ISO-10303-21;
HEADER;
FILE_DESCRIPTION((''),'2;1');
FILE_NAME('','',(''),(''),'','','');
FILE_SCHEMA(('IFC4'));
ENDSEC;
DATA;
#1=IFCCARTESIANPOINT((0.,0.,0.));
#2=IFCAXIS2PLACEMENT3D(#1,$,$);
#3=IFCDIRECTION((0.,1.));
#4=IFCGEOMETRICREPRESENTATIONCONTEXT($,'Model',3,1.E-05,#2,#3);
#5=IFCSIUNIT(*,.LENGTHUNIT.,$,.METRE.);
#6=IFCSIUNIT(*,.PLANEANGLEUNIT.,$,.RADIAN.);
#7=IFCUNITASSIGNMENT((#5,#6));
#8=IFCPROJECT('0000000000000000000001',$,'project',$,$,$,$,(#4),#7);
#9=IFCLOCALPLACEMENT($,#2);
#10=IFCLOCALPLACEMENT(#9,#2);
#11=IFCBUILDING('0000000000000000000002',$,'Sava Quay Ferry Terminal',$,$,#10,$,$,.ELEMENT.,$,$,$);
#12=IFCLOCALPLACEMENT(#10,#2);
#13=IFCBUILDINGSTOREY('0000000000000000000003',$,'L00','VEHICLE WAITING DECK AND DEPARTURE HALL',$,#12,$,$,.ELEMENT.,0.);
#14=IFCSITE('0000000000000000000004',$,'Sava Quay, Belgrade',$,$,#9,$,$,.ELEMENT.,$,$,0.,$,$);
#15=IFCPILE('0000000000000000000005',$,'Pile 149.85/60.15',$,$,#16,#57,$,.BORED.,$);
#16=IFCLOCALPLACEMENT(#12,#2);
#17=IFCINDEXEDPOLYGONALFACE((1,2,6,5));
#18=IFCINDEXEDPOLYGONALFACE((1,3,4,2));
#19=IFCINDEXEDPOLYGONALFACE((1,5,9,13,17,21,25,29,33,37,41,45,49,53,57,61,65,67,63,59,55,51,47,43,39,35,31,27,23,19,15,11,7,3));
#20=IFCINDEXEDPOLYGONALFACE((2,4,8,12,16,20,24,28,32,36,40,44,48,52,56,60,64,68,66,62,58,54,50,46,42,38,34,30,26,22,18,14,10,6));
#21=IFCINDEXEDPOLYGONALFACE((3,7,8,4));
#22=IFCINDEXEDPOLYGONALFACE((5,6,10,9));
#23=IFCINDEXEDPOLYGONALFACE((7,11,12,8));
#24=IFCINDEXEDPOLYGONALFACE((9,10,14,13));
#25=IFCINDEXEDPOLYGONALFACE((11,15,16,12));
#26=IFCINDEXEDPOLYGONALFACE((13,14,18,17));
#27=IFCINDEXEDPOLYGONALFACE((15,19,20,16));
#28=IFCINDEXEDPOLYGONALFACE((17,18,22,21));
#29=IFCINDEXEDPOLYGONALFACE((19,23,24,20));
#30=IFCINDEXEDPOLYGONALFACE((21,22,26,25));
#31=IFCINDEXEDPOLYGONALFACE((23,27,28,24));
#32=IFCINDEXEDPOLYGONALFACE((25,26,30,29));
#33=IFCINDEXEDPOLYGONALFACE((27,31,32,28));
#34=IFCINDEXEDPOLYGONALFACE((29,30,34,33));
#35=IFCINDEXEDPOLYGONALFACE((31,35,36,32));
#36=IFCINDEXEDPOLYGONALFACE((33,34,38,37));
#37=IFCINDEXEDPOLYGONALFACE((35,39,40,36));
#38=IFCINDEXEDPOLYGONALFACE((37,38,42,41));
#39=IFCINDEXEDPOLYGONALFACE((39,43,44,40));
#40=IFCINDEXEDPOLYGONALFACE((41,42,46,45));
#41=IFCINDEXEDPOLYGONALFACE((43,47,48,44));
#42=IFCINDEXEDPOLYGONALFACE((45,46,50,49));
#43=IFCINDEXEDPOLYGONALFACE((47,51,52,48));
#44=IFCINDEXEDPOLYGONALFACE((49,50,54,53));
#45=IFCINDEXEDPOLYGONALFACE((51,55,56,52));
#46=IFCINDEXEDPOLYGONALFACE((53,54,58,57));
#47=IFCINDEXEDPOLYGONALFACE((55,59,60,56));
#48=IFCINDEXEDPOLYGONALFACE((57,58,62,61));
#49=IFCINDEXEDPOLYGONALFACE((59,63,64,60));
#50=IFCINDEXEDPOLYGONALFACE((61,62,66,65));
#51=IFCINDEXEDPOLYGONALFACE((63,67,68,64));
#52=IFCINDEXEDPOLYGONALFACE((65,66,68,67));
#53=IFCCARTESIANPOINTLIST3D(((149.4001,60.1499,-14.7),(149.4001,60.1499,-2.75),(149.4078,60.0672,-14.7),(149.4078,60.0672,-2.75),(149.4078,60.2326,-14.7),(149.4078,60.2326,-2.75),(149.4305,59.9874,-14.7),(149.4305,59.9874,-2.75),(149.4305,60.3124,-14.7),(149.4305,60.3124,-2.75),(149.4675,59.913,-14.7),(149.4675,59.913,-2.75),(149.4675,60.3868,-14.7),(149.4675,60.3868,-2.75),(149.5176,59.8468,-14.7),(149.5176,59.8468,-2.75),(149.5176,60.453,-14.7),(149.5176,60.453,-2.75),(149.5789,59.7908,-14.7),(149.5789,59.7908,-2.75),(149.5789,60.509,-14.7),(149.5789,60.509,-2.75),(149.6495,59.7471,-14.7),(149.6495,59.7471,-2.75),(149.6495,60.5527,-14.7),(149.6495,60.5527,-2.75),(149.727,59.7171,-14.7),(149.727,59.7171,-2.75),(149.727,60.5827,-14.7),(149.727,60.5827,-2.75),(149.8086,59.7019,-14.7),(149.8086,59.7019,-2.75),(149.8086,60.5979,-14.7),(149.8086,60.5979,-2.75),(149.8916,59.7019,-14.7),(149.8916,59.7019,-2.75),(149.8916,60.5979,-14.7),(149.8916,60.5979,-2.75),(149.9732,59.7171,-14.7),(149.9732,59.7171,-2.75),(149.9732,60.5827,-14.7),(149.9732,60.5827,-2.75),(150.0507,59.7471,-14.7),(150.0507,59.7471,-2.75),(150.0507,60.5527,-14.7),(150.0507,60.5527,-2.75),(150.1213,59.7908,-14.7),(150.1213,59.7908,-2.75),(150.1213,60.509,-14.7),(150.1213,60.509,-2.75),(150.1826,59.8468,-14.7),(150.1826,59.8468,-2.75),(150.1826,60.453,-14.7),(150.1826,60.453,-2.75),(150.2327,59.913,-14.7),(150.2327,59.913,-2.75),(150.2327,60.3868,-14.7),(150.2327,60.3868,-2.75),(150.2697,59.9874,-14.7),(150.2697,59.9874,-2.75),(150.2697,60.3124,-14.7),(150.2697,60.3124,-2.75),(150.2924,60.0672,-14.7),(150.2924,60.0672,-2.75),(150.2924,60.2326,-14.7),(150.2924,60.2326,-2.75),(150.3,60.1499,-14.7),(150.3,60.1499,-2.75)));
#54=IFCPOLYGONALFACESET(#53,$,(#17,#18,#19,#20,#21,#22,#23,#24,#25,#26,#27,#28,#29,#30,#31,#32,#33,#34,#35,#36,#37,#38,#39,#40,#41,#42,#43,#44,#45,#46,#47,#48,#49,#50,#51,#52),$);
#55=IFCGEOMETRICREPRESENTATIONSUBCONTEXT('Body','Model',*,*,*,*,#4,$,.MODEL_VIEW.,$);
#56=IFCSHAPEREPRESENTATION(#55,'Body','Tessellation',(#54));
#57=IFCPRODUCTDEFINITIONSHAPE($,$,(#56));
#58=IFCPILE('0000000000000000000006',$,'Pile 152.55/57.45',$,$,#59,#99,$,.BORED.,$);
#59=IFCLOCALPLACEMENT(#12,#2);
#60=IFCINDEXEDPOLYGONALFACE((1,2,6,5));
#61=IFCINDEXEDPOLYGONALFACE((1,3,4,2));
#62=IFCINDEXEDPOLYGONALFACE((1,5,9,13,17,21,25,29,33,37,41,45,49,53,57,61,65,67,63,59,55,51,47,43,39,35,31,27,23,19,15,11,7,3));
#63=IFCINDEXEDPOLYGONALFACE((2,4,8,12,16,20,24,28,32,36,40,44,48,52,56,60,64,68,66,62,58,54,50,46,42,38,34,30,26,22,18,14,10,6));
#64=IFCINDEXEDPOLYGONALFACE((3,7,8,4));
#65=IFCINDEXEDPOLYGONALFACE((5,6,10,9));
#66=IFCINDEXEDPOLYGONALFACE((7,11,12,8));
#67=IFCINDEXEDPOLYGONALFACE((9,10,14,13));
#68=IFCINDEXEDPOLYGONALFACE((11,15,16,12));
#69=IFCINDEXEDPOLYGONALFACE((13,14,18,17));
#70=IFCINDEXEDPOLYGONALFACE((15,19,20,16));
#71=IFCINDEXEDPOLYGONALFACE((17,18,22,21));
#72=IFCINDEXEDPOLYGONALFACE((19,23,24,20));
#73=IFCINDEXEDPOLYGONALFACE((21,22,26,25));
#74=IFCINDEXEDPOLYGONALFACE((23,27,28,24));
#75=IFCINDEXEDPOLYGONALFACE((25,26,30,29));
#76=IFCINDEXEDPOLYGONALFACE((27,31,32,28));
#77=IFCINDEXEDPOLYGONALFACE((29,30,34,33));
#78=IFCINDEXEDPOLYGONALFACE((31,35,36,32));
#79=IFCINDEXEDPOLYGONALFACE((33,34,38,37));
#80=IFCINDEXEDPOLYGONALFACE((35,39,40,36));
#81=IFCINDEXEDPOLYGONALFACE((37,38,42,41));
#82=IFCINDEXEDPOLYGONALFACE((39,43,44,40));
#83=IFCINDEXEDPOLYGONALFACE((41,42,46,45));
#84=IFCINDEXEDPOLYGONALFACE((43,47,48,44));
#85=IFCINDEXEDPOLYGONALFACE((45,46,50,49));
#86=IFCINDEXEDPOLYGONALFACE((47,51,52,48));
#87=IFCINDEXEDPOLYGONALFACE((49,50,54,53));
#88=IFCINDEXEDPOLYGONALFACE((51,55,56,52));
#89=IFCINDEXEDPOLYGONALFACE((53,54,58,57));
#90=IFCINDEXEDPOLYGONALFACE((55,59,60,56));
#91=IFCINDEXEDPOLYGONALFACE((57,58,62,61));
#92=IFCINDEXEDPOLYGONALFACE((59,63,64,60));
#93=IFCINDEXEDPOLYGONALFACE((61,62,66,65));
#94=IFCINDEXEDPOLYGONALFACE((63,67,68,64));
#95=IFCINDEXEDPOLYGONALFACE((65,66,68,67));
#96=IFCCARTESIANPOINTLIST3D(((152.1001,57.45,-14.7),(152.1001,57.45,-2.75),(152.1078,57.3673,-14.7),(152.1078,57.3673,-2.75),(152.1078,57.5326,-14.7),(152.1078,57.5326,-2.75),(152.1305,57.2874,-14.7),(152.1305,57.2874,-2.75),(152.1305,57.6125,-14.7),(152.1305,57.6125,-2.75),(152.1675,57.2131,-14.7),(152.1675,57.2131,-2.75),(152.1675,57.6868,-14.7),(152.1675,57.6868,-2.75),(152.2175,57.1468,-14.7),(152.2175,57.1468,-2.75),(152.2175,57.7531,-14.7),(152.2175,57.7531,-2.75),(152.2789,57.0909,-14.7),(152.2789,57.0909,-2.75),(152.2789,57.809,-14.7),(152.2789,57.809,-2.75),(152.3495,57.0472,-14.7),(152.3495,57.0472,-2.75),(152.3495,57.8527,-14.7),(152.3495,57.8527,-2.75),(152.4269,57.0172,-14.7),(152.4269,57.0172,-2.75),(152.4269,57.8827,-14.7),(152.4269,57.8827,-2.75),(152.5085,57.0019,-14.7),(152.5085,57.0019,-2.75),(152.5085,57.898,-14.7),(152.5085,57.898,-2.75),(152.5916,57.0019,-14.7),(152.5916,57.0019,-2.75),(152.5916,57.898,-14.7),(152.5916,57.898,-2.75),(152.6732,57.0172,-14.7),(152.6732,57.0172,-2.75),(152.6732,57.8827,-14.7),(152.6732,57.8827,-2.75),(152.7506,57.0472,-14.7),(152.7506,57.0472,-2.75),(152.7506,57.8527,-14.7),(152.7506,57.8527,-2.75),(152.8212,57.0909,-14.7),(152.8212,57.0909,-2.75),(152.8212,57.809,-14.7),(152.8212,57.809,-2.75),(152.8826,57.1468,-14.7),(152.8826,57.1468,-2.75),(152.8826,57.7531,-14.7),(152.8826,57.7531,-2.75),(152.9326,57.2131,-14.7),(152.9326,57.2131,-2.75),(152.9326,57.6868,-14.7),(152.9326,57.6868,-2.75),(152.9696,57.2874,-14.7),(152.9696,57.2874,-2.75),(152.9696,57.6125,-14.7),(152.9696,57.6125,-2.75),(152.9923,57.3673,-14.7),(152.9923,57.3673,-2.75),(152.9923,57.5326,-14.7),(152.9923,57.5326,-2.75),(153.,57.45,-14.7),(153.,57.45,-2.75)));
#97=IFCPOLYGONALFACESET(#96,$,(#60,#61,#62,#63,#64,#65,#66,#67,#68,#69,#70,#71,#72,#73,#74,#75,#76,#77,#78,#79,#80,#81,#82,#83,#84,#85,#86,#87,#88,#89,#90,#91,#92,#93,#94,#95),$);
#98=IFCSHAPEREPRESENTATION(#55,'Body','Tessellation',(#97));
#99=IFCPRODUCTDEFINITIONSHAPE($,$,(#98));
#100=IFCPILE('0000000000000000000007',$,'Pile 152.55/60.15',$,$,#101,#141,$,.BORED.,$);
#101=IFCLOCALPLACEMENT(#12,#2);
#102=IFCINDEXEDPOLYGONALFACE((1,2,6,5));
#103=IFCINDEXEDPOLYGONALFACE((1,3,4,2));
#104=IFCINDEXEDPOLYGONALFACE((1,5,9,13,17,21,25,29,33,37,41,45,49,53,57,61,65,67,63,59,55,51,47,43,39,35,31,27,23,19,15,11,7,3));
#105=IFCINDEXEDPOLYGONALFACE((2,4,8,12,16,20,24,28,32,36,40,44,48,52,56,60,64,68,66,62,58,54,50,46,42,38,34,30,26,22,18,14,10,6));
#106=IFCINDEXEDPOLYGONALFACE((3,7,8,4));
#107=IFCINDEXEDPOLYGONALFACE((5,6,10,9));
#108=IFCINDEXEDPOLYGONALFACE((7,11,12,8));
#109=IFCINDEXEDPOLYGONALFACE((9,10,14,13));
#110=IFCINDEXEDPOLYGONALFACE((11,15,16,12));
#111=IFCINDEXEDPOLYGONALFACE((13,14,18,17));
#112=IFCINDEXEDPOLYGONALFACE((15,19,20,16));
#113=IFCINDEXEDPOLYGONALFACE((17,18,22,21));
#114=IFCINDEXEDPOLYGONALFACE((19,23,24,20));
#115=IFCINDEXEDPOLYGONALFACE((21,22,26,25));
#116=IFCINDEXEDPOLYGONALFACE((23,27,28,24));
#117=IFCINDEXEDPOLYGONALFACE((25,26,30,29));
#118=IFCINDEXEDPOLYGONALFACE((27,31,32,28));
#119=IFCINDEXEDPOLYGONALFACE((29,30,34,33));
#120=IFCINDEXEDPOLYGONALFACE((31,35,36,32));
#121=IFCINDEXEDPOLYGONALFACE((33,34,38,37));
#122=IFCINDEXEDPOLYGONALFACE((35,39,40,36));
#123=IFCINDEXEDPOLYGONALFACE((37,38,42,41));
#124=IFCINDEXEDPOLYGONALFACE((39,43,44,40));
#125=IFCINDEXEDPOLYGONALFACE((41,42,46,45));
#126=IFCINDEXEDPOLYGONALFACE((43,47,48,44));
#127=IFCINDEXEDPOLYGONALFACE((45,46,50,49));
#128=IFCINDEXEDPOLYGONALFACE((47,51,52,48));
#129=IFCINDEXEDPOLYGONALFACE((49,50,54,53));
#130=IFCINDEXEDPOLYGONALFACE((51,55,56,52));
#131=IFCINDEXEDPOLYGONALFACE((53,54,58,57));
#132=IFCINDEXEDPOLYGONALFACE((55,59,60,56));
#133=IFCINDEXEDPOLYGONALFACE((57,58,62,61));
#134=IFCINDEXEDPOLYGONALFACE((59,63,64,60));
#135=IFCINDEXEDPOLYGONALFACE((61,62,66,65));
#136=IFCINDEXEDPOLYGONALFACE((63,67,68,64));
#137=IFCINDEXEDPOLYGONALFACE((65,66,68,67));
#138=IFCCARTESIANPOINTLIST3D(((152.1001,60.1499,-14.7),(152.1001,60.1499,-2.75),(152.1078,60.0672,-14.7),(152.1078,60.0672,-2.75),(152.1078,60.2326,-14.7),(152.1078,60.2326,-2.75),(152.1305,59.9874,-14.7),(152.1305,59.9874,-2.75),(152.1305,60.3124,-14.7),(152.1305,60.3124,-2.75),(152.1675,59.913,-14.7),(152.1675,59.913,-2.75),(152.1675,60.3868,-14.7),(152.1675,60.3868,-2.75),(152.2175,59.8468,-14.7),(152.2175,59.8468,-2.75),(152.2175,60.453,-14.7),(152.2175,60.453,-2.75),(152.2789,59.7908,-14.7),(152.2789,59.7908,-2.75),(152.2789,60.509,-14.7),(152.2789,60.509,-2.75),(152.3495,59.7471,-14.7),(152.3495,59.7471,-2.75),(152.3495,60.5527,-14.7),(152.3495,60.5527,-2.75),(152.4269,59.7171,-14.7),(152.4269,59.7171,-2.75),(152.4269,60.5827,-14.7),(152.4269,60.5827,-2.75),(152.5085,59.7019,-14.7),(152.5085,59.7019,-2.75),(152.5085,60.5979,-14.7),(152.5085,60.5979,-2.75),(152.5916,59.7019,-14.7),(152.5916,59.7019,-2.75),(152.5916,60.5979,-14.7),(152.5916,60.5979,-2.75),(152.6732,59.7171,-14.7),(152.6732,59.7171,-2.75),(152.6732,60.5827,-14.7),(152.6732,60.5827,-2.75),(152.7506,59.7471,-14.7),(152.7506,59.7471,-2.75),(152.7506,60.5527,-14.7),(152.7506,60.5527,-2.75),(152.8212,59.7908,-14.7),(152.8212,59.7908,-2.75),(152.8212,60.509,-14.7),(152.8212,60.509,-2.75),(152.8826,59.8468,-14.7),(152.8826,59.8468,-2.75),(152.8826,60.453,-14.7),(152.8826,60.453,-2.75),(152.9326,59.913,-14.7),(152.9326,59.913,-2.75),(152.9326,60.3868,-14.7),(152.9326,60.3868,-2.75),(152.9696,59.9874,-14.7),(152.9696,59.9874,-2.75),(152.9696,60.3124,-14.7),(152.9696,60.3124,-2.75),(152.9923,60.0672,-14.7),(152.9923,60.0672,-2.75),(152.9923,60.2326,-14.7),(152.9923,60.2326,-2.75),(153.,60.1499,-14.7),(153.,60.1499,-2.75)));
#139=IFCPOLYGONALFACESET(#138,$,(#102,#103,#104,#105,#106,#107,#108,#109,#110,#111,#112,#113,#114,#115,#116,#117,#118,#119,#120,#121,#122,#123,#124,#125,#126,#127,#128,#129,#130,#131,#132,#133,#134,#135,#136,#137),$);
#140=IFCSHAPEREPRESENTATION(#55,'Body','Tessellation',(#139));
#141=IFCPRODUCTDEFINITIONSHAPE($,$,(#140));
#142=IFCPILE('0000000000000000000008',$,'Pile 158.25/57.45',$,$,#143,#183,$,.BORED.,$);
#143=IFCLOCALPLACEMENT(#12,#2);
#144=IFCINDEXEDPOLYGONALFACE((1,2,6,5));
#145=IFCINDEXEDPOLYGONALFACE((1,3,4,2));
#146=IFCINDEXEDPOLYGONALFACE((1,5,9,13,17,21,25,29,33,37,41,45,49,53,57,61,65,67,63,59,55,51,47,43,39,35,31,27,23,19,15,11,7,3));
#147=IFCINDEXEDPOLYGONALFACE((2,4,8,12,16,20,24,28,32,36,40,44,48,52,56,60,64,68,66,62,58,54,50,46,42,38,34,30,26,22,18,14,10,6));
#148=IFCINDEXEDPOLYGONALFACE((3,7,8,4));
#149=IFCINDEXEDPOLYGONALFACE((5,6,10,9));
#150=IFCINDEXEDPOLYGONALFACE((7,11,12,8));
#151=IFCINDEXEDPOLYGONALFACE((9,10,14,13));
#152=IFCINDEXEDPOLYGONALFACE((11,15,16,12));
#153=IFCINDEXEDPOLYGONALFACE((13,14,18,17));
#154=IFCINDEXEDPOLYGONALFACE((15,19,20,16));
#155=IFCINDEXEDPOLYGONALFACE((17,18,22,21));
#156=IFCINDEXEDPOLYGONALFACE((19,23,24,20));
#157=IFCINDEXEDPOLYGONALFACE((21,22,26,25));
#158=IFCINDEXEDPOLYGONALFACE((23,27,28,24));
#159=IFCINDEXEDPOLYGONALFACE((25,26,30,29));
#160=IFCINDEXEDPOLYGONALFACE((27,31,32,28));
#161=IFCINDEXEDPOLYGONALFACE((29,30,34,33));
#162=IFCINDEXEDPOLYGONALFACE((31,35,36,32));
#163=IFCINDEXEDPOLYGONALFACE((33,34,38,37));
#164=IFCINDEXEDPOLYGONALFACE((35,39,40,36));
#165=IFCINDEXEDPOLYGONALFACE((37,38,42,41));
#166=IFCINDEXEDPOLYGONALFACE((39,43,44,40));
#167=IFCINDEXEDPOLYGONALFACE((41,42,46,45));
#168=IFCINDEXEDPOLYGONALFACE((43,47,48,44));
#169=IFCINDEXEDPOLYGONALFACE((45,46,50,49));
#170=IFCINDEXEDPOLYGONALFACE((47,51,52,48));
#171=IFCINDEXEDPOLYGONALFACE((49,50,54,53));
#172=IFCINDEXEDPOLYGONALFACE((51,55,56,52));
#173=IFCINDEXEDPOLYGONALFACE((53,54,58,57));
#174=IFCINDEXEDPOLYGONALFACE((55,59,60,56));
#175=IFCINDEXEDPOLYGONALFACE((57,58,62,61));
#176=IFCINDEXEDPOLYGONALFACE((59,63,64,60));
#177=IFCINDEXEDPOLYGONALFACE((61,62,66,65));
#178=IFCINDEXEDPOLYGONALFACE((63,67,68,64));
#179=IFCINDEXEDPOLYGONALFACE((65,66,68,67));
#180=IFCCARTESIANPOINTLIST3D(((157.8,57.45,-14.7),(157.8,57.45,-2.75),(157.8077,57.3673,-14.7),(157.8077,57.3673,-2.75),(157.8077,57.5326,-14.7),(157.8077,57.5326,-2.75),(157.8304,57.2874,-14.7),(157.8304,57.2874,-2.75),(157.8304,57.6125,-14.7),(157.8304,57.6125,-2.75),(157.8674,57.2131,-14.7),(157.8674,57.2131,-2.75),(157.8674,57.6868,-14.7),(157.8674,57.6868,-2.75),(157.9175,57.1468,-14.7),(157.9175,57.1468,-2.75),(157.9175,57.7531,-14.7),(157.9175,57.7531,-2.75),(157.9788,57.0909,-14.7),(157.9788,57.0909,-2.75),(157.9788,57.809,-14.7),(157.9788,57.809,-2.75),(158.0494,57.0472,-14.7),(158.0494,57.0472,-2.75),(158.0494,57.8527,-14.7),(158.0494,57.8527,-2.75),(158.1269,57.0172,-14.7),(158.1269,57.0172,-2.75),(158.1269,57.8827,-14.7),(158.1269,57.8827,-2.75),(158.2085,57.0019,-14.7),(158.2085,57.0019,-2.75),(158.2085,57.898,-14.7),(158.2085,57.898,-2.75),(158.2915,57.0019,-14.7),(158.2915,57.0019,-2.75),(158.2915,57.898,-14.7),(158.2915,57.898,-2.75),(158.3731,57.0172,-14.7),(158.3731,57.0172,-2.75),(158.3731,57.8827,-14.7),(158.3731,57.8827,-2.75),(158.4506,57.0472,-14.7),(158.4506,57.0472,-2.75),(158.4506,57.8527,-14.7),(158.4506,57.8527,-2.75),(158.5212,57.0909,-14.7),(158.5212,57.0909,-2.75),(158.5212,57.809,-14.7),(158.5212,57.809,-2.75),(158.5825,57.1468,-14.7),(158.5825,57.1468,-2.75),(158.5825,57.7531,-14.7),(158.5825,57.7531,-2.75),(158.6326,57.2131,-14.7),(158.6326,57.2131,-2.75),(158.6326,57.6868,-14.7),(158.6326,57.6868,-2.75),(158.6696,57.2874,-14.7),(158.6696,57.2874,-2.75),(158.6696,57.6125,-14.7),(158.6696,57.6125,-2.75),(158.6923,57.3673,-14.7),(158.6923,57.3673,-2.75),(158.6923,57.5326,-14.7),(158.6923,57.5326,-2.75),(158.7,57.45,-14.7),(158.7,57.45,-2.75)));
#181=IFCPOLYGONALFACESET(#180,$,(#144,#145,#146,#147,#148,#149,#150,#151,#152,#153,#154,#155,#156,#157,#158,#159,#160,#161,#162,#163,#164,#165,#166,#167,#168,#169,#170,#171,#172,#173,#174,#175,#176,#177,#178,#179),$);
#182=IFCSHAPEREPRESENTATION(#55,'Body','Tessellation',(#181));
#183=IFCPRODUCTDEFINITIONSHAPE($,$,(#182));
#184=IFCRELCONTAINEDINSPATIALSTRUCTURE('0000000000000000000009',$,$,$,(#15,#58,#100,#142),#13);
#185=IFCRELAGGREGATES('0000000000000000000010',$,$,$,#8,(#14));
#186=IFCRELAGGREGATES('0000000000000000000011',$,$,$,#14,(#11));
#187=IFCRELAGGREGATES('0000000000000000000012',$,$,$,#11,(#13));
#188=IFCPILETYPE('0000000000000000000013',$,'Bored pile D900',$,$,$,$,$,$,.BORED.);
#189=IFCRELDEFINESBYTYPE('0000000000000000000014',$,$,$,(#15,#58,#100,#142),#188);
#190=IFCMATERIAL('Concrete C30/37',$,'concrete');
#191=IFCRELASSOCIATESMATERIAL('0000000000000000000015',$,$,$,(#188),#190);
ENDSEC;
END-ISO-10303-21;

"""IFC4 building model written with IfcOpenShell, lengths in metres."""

from ifc_helpers import new_model, si_unit, direction, frame, origin, origin_2d, place, context, subcontext, project, spatial, circle, extrude, material, material_profile, profile_set, type_object, element, save


model = new_model("IFC4")

# Units and contexts
model_context = context("Model", 3, precision=1e-05, world=origin(), true_north=direction((0.0, 1.0)))
body_context = subcontext(model_context, "Body", "Model", "MODEL_VIEW")
ifc_project = project(units=[si_unit("LENGTHUNIT", "METRE"), si_unit("PLANEANGLEUNIT", "RADIAN")], contexts=[model_context])

# Site, building, storey
site_placement = place(None, origin())
site = spatial("IfcSite", under=ifc_project, at=site_placement, Name="Sava Quay, Belgrade", CompositionType="ELEMENT", RefElevation=0.0)
building_placement = place(site_placement, origin())
building = spatial("IfcBuilding", under=site, at=building_placement, Name="Sava Quay Ferry Terminal", CompositionType="ELEMENT")
storey_placement = place(building_placement, origin())
storey = spatial("IfcBuildingStorey", under=building, at=storey_placement, Name="L00", Description="VEHICLE WAITING DECK AND DEPARTURE HALL", CompositionType="ELEMENT", Elevation=0.0)

# Piles
ifc_material_1 = material(Name="Concrete C30/37", Category="concrete")
ifc_material_profile_1 = material_profile(ifc_material_1, circle(Radius=0.45, at=origin_2d()), Name="Bored pile D900")
ifc_profile_set_1 = profile_set([ifc_material_profile_1], Name="Concrete C30/37")
pile_type = type_object("IfcPileType", Name="Bored pile D900", PredefinedType="BORED", material=ifc_profile_set_1)
for number, where, z_axis, x_axis, name in (
    (1, (149.8501, 60.1499, -2.75), (0.0, 0.0, -1.0), (1.0, 0.0, 0.0), "Pile 149.85/60.15"),
    (2, (152.55, 57.45, -2.75), (0.0, 0.0, -1.0), (1.0, 0.0, 0.0), "Pile 152.55/57.45"),
    (3, (152.55, 60.1499, -2.75), (0.0, 0.0, -1.0), (1.0, 0.0, 0.0), "Pile 152.55/60.15"),
    (4, (158.25, 57.45, -2.75), (0.0, 0.0, -1.0), (1.0, 0.0, 0.0), "Pile 158.25/57.45"),
):
    element("IfcPile", number, at=place(storey_placement, frame(where, z_axis=z_axis, x_axis=x_axis)), inside=storey, type_object=pile_type, Name=name, PredefinedType="BORED", context=body_context, shape_type="SweptSolid", body=[
        extrude(circle(Radius=0.45, at=origin_2d()), origin(), (0.0, 0.0, 1.0), 11.95),
    ])

save(model, "model.ifc")
